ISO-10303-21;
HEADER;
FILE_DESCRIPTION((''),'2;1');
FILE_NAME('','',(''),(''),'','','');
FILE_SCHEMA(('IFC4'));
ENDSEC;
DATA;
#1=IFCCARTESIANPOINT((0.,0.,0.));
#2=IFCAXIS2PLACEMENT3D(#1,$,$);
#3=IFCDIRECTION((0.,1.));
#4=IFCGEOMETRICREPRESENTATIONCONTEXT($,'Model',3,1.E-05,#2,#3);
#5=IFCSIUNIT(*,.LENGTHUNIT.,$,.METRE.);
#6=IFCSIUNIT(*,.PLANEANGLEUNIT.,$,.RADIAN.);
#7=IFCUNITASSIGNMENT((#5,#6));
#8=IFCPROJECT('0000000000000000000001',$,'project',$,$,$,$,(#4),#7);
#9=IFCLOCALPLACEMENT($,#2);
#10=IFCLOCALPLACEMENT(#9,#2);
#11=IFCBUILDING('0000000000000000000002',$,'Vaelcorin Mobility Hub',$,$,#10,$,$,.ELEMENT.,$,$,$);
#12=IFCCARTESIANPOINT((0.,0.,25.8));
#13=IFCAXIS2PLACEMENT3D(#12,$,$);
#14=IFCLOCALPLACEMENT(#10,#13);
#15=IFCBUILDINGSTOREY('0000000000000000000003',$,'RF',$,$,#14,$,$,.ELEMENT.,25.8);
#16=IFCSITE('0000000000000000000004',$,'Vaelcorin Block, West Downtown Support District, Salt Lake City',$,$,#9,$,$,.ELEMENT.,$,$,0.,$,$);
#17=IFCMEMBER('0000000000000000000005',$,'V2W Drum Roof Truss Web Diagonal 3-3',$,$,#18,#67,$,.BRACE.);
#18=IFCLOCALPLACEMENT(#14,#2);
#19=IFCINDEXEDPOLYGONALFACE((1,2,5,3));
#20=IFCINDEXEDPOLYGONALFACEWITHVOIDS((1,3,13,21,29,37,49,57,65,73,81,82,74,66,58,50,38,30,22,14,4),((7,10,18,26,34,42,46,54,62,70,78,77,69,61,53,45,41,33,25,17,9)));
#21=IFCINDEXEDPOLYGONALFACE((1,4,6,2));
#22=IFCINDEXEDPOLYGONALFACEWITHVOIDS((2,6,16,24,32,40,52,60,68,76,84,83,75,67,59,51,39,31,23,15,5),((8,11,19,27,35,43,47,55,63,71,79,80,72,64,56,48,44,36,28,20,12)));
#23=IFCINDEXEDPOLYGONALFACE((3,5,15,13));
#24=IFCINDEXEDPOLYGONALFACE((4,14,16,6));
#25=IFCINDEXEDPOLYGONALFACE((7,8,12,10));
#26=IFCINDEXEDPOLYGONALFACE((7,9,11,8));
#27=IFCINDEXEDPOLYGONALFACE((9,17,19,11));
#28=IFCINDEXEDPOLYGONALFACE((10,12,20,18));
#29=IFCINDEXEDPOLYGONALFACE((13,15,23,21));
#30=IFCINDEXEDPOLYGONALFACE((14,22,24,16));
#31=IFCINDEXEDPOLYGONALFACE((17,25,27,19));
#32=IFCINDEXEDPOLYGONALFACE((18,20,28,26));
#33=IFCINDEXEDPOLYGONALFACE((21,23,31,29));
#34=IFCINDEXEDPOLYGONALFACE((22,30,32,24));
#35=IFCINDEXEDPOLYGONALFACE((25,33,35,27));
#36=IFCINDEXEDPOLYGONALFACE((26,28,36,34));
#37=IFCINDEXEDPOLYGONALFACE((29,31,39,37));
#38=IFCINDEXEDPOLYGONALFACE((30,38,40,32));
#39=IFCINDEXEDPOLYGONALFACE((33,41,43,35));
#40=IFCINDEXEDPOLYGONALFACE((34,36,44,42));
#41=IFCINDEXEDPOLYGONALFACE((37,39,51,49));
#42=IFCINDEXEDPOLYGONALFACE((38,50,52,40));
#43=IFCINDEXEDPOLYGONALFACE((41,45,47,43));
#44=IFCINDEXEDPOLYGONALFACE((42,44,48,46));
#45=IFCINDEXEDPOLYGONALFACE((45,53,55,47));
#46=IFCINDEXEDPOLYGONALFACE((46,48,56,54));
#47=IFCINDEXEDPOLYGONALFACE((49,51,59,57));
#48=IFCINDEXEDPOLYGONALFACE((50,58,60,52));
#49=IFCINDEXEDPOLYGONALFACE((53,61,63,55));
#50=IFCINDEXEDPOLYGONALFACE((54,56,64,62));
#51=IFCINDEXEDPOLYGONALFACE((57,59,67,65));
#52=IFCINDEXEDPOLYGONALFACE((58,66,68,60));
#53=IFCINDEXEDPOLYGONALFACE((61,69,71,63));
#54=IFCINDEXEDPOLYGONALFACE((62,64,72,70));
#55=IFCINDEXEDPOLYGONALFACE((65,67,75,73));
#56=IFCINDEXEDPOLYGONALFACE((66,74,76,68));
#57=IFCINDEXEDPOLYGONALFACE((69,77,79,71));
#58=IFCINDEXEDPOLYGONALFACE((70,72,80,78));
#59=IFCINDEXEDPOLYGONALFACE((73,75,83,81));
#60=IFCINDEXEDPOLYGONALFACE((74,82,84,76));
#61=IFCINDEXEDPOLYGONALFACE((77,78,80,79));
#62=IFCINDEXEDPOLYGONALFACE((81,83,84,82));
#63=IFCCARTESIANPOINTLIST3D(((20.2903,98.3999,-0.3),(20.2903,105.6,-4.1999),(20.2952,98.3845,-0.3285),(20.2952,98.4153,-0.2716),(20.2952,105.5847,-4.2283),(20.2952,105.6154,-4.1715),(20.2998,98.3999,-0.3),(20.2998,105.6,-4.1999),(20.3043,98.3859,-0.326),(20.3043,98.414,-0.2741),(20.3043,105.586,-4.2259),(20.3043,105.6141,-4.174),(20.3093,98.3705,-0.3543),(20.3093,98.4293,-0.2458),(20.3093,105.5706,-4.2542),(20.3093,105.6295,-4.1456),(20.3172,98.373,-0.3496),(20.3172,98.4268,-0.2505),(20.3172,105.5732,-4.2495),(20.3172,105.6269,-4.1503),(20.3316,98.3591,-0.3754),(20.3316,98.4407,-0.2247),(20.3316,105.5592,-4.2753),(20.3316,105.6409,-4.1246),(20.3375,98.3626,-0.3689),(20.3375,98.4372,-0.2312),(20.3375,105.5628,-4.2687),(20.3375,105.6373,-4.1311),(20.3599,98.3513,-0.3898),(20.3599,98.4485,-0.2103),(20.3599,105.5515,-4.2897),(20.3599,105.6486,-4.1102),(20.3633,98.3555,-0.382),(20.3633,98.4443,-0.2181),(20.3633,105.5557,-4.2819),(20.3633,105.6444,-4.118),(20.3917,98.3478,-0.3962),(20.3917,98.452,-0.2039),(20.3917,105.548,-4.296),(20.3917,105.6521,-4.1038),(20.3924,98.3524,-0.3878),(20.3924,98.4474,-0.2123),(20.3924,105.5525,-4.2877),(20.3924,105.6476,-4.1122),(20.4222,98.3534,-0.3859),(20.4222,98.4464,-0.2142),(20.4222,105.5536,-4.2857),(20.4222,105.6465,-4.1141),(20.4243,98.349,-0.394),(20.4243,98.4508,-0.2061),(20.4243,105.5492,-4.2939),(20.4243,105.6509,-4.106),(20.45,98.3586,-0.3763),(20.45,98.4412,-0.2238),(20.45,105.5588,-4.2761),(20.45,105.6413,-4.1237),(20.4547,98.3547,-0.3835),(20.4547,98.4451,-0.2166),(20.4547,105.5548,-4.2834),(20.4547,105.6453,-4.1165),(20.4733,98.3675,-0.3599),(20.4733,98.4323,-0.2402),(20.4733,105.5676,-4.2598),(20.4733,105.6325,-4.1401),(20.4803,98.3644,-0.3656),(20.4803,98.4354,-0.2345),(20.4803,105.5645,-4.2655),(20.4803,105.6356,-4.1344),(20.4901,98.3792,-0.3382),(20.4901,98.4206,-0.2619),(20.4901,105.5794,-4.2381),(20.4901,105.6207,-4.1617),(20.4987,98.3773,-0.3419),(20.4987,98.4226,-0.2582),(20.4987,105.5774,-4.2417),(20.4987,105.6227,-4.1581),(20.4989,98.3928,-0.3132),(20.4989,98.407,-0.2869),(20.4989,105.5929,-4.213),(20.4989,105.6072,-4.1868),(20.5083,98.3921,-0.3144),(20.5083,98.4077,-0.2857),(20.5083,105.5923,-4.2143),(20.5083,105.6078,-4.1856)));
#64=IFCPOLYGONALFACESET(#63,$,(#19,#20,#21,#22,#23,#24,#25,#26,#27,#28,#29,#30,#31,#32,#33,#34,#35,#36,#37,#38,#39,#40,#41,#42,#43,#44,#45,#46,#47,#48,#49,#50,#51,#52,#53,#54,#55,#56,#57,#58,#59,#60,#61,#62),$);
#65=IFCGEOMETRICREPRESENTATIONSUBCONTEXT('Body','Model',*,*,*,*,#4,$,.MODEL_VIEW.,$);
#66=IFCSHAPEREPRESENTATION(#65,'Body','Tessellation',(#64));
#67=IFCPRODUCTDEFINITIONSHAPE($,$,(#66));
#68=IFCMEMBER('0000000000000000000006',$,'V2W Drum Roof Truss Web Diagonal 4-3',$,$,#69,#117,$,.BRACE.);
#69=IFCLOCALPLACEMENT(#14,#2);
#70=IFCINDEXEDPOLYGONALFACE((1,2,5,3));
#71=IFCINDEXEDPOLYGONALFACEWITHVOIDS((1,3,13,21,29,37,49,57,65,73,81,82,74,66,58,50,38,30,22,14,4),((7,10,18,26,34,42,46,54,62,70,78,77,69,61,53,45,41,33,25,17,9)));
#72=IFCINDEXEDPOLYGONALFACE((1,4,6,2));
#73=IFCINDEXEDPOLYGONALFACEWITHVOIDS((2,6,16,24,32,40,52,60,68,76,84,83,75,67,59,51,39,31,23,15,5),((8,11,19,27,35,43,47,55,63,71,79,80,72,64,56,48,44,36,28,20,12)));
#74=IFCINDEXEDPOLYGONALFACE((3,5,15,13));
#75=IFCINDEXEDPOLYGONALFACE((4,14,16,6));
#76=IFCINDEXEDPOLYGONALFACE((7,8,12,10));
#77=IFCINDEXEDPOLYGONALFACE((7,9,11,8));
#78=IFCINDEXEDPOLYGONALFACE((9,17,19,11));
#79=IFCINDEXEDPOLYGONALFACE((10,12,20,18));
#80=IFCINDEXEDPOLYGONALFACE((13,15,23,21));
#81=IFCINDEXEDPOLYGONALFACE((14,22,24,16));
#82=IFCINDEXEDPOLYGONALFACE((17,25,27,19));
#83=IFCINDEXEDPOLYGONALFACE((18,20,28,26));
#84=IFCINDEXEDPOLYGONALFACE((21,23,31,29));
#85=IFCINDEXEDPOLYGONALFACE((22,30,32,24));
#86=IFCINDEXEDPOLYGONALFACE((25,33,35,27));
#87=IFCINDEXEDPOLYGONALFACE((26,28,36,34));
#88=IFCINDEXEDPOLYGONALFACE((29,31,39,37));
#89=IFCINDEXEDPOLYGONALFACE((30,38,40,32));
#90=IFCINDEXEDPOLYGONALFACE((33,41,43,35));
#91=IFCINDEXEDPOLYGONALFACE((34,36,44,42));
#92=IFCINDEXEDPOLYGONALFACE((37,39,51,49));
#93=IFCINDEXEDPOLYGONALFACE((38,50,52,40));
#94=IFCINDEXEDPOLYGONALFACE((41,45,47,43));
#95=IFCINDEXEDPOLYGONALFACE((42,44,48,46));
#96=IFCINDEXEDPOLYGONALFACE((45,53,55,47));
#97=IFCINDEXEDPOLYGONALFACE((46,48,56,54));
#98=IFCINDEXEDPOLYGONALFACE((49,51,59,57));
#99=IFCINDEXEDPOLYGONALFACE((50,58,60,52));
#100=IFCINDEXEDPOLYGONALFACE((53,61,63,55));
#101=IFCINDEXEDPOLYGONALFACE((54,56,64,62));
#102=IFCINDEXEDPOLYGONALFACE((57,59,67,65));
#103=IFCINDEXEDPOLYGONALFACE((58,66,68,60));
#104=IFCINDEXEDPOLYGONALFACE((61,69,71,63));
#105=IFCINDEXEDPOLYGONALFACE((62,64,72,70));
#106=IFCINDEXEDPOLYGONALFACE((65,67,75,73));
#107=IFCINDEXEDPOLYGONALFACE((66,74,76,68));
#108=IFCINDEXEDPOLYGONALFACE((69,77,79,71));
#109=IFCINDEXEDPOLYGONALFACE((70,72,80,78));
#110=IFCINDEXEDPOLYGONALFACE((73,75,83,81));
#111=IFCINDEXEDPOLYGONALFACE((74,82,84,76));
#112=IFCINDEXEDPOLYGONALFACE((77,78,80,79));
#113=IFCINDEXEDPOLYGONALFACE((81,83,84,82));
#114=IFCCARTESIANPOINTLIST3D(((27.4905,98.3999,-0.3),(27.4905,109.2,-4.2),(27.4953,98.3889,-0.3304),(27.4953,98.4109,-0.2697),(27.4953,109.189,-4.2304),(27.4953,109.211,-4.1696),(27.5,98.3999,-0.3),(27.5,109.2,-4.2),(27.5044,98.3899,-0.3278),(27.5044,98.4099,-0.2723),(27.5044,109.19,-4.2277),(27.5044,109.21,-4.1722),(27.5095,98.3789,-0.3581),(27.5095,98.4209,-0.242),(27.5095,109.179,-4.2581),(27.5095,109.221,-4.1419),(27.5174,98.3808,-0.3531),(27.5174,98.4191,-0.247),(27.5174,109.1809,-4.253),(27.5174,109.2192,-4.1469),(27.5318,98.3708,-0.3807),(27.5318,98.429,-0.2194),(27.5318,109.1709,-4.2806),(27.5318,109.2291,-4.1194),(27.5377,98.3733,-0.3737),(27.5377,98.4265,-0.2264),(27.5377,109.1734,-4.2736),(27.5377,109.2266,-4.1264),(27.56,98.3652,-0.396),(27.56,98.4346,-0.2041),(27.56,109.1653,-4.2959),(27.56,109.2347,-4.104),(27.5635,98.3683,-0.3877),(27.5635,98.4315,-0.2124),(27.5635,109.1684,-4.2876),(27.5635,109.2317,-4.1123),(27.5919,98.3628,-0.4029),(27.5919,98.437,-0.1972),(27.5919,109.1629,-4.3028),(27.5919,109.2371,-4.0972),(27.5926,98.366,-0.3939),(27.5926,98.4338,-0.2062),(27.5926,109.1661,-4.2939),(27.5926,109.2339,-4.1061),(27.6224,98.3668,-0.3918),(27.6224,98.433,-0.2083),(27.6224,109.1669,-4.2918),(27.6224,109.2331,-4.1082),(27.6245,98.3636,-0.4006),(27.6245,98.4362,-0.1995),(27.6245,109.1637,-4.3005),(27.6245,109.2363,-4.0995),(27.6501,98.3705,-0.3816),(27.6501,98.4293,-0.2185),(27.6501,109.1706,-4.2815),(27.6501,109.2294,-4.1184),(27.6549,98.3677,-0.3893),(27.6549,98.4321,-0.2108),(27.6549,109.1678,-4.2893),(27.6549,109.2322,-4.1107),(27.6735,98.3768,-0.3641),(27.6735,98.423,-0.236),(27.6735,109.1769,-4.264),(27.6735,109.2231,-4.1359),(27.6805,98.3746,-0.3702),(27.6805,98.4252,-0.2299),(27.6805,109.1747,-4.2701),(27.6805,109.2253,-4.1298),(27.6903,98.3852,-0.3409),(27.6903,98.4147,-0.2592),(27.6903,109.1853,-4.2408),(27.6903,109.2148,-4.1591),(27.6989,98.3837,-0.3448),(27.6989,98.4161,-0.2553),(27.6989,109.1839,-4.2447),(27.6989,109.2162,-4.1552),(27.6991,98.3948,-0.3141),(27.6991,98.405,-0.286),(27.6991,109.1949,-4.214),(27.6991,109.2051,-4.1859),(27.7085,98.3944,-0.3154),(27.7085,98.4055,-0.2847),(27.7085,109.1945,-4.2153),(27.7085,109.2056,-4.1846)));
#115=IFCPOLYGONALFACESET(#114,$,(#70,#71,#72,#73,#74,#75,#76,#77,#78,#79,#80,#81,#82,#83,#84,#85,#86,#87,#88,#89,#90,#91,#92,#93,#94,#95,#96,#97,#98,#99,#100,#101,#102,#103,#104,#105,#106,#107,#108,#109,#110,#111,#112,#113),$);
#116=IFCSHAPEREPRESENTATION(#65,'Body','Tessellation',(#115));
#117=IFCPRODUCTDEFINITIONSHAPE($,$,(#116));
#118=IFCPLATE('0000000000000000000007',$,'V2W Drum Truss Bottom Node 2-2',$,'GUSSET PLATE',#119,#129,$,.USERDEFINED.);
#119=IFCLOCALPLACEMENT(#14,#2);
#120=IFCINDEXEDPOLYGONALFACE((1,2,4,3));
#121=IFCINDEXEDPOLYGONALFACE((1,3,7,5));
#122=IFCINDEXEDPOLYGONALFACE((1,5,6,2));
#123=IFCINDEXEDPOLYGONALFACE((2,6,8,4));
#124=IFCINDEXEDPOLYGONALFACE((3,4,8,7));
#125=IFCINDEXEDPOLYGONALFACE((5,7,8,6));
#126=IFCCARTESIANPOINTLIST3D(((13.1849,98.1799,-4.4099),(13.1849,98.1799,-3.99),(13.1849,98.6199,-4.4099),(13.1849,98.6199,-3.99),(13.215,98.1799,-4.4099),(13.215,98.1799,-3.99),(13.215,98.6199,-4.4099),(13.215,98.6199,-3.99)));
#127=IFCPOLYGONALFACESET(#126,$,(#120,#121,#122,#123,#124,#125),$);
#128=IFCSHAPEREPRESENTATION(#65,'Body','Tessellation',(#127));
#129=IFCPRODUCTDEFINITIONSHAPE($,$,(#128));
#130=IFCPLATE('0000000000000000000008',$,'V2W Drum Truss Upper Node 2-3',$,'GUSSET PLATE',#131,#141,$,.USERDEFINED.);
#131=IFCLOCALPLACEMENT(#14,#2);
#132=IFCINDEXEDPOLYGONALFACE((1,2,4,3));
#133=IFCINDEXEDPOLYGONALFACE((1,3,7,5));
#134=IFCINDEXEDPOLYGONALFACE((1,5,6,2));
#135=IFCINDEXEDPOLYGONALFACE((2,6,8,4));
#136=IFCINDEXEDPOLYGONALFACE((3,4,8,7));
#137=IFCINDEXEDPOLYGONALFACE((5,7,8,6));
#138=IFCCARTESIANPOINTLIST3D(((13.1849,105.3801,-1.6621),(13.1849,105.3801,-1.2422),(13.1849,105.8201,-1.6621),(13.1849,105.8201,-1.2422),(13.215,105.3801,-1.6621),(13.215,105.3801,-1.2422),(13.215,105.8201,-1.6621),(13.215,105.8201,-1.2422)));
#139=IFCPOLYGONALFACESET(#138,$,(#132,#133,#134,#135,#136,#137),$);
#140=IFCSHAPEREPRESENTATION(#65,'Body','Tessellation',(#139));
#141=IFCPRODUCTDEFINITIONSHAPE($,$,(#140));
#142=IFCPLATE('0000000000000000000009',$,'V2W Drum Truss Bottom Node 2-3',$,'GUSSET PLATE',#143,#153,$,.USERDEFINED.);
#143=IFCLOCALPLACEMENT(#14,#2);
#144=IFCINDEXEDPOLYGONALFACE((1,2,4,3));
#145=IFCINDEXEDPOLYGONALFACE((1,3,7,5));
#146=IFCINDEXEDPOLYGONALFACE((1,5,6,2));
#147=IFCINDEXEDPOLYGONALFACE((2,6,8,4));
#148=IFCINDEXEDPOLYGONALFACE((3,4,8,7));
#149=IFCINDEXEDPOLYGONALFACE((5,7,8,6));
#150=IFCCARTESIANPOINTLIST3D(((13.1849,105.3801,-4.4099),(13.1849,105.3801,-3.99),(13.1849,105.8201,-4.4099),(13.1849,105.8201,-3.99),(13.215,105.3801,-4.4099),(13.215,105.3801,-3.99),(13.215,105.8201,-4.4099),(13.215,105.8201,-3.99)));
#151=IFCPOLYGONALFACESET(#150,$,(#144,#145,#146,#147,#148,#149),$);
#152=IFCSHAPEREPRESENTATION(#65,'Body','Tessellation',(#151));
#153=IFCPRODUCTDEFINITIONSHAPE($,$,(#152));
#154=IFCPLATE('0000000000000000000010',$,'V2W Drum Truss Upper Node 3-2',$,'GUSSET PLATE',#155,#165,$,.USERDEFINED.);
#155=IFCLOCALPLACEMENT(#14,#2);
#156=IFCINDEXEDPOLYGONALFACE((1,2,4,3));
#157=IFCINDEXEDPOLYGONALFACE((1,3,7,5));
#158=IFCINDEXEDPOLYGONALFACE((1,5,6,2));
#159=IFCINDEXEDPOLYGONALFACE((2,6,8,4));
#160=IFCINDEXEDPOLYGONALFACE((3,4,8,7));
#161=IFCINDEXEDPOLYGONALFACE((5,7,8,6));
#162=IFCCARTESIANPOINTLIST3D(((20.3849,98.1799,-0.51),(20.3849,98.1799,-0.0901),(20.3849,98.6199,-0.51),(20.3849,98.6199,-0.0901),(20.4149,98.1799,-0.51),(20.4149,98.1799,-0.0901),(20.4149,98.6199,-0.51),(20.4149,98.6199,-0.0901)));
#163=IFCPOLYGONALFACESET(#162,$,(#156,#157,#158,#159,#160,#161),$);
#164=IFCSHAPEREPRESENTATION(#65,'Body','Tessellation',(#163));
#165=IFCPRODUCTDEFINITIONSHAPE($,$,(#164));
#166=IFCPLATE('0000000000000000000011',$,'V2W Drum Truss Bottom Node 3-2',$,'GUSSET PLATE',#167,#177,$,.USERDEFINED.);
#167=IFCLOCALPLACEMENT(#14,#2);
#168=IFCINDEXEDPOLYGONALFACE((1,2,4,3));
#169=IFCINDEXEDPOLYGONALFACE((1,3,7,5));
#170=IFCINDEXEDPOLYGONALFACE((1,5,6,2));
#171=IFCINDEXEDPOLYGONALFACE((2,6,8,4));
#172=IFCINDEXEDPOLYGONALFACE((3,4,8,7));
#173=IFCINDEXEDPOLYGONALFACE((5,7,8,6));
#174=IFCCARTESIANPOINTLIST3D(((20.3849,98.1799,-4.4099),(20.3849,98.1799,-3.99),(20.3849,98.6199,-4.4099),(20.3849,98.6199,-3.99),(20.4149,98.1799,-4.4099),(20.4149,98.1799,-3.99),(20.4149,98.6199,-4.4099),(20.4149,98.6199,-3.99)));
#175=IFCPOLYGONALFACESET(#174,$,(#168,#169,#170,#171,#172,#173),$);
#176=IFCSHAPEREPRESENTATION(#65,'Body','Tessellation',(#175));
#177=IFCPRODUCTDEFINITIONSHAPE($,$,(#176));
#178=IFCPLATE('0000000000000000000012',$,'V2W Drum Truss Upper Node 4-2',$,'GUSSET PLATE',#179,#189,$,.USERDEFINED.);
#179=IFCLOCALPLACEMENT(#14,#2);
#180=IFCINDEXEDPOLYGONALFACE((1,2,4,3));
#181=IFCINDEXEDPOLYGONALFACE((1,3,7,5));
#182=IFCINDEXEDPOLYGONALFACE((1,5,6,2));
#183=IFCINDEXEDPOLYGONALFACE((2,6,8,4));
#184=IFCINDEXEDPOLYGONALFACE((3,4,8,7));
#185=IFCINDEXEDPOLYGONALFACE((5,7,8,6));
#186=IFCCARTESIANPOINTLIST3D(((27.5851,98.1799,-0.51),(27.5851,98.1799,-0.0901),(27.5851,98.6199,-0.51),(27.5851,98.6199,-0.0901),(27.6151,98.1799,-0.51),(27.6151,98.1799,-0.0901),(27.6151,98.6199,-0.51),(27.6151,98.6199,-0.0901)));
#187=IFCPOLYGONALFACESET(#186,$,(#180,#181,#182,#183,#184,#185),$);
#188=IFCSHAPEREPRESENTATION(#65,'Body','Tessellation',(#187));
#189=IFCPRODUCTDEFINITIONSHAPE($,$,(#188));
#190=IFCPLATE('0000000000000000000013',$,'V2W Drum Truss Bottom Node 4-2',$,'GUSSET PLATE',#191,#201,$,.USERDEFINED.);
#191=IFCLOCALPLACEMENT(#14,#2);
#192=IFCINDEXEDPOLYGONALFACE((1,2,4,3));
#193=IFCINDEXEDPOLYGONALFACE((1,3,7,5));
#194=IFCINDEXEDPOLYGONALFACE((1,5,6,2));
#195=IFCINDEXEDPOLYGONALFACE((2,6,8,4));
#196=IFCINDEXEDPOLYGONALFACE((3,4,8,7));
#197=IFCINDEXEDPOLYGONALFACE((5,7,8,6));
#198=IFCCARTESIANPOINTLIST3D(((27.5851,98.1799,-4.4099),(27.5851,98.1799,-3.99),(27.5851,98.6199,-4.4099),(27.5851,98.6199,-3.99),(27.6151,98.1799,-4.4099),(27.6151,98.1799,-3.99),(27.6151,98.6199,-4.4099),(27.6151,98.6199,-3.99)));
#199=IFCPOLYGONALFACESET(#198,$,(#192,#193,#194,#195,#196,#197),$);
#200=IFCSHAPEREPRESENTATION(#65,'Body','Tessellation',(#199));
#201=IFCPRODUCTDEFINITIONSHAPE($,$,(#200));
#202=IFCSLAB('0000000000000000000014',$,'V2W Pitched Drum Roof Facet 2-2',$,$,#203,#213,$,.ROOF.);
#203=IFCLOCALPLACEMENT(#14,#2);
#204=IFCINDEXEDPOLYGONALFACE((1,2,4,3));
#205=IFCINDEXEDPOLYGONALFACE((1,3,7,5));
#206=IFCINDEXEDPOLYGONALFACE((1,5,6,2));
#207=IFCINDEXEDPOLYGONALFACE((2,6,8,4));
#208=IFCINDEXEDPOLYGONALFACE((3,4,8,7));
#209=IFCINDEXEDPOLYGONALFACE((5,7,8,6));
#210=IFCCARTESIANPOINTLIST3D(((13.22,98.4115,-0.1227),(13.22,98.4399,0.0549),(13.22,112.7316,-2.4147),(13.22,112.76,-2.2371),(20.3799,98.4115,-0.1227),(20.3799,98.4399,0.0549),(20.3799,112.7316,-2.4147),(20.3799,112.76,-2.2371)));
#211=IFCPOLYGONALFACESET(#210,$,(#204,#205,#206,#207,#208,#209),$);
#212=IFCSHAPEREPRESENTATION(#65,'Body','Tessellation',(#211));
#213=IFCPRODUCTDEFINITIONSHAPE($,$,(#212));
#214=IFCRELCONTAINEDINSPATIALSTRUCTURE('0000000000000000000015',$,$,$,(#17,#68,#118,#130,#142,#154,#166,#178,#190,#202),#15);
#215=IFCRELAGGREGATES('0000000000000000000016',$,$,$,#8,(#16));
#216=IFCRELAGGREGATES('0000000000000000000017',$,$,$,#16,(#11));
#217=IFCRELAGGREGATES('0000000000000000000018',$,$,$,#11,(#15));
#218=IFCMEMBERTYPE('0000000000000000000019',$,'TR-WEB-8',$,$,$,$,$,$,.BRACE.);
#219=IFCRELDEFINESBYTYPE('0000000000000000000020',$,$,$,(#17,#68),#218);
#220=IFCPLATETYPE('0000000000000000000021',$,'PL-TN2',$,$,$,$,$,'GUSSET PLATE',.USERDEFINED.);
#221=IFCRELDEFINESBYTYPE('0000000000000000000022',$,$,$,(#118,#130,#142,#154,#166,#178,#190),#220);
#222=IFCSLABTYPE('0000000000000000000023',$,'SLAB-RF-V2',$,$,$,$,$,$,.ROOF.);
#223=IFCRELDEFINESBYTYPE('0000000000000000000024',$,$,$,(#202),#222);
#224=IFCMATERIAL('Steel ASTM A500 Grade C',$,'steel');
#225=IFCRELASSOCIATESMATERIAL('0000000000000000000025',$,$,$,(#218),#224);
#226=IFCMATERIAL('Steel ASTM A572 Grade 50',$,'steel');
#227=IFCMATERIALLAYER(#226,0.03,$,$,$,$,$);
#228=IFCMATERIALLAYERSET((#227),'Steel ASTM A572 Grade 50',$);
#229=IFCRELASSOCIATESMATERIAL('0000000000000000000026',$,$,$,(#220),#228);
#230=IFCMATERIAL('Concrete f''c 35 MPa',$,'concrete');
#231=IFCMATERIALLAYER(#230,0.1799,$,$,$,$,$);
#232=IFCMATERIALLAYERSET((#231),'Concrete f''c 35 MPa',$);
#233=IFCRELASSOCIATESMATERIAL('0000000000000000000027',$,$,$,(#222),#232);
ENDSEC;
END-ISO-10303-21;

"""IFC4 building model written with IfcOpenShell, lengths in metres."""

from ifc_helpers import new_model, si_unit, direction, frame, origin, origin_2d, place, context, subcontext, project, spatial, polyline, rectangle, hollow_circle, outline, extrude, material, layer, layer_set, material_profile, profile_set, type_object, element, save


model = new_model("IFC4")

# Units and contexts
model_context = context("Model", 3, precision=1e-05, world=origin(), true_north=direction((0.0, 1.0)))
body_context = subcontext(model_context, "Body", "Model", "MODEL_VIEW")
ifc_project = project(units=[si_unit("LENGTHUNIT", "METRE"), si_unit("PLANEANGLEUNIT", "RADIAN")], contexts=[model_context])

# Site, building, storey
site_placement = place(None, origin())
site = spatial("IfcSite", under=ifc_project, at=site_placement, Name="Vaelcorin Block, West Downtown Support District, Salt Lake City", CompositionType="ELEMENT", RefElevation=0.0)
building_placement = place(site_placement, origin())
building = spatial("IfcBuilding", under=site, at=building_placement, Name="Vaelcorin Mobility Hub", CompositionType="ELEMENT")
storey_placement = place(building_placement, frame((0.0, 0.0, 25.8)))
storey = spatial("IfcBuildingStorey", under=building, at=storey_placement, Name="RF", CompositionType="ELEMENT", Elevation=25.8)

# Shared definitions
ifc_material_1 = material(Name="Steel ASTM A500 Grade C", Category="steel")

# Members
ifc_material_profile_1 = material_profile(ifc_material_1, hollow_circle(Radius=0.1096, WallThickness=0.0095, at=origin_2d()), Name="HSS8.625X0.375")
ifc_profile_set_1 = profile_set([ifc_material_profile_1], Name="Steel ASTM A500 Grade C")
member_type_1 = type_object("IfcMemberType", Name="TR-WEB-8", PredefinedType="BRACE", material=ifc_profile_set_1)
for number, where, z_axis, x_axis, name in (
    (1, (20.3999, 98.3999, -0.3), (0.0, 0.879302, -0.476264), (-1.0, 0.0, 0.0), "V2W Drum Roof Truss Web Diagonal 3-3"),
):
    element("IfcMember", number, at=place(storey_placement, frame(where, z_axis=z_axis, x_axis=x_axis)), inside=storey, type_object=member_type_1, Name=name, PredefinedType="BRACE", context=body_context, shape_type="SweptSolid", body=[
        extrude(hollow_circle(Radius=0.1096, WallThickness=0.0095, at=origin_2d()), origin(), (0.0, 0.0, 1.0), 8.1885),
    ])
member_1_placement = place(storey_placement, frame((27.6001, 98.3999, -0.3), z_axis=(0.0, 0.940557, -0.339636), x_axis=(-1.0, 0.0, 0.0)))
element("IfcMember", 2, at=member_1_placement, inside=storey, type_object=member_type_1, Name="V2W Drum Roof Truss Web Diagonal 4-3", PredefinedType="BRACE", context=body_context, shape_type="SweptSolid", body=[
    extrude(hollow_circle(Radius=0.1096, WallThickness=0.0095, at=origin_2d()), origin(), (0.0, 0.0, 1.0), 11.4827),
])

# Plates
ifc_material_2 = material(Name="Steel ASTM A572 Grade 50", Category="steel")
ifc_layer_1 = layer(ifc_material_2, 0.03)
ifc_layer_set_1 = layer_set([ifc_layer_1], Name="Steel ASTM A572 Grade 50")
plate_type = type_object("IfcPlateType", Name="PL-TN2", ElementType="GUSSET PLATE", PredefinedType="USERDEFINED", material=ifc_layer_set_1)
for number, where, z_axis, x_axis, name in (
    (3, (13.2, 98.3999, -4.4099), (0.0, 0.0, 1.0), (1.0, 0.0, 0.0), "V2W Drum Truss Bottom Node 2-2"),
    (4, (13.2, 105.6001, -1.6621), (0.0, 0.0, 1.0), (1.0, 0.0, 0.0), "V2W Drum Truss Upper Node 2-3"),
    (5, (13.2, 105.6001, -4.4099), (0.0, 0.0, 1.0), (1.0, 0.0, 0.0), "V2W Drum Truss Bottom Node 2-3"),
    (6, (20.3999, 98.3999, -0.51), (0.0, 0.0, 1.0), (1.0, 0.0, 0.0), "V2W Drum Truss Upper Node 3-2"),
    (7, (20.3999, 98.3999, -4.4099), (0.0, 0.0, 1.0), (1.0, 0.0, 0.0), "V2W Drum Truss Bottom Node 3-2"),
    (8, (27.6001, 98.3999, -0.51), (0.0, 0.0, 1.0), (1.0, 0.0, 0.0), "V2W Drum Truss Upper Node 4-2"),
    (9, (27.6001, 98.3999, -4.4099), (0.0, 0.0, 1.0), (1.0, 0.0, 0.0), "V2W Drum Truss Bottom Node 4-2"),
):
    element("IfcPlate", number, at=place(storey_placement, frame(where, z_axis=z_axis, x_axis=x_axis)), inside=storey, type_object=plate_type, Name=name, ObjectType="GUSSET PLATE", PredefinedType="USERDEFINED", context=body_context, shape_type="SweptSolid", body=[
        extrude(rectangle(XDim=0.03, YDim=0.4399, at=origin_2d()), origin(), (0.0, 0.0, 1.0), 0.4199),
    ])

# Slab
ifc_material_3 = material(Name="Concrete f'c 35 MPa", Category="concrete")
ifc_layer_2 = layer(ifc_material_3, 0.1799)
ifc_layer_set_2 = layer_set([ifc_layer_2], Name="Concrete f'c 35 MPa")
slab_type = type_object("IfcSlabType", Name="SLAB-RF-V2", PredefinedType="ROOF", material=ifc_layer_set_2)
slab_1_placement = place(storey_placement, frame((13.22, 98.4399, 0.0549), z_axis=(0.0, 0.158043, 0.987432), x_axis=(1.0, 0.0, 0.0)))
element("IfcSlab", 10, at=slab_1_placement, inside=storey, type_object=slab_type, Name="V2W Pitched Drum Roof Facet 2-2", PredefinedType="ROOF", context=body_context, shape_type="SweptSolid", body=[
    extrude(outline(polyline([(0.0, 0.0), (7.1599, 0.0), (7.1599, 14.5023), (0.0, 14.5023), (0.0, 0.0)])), origin(), (0.0, 0.0, -1.0), 0.1799),
])

save(model, "model.ifc")
